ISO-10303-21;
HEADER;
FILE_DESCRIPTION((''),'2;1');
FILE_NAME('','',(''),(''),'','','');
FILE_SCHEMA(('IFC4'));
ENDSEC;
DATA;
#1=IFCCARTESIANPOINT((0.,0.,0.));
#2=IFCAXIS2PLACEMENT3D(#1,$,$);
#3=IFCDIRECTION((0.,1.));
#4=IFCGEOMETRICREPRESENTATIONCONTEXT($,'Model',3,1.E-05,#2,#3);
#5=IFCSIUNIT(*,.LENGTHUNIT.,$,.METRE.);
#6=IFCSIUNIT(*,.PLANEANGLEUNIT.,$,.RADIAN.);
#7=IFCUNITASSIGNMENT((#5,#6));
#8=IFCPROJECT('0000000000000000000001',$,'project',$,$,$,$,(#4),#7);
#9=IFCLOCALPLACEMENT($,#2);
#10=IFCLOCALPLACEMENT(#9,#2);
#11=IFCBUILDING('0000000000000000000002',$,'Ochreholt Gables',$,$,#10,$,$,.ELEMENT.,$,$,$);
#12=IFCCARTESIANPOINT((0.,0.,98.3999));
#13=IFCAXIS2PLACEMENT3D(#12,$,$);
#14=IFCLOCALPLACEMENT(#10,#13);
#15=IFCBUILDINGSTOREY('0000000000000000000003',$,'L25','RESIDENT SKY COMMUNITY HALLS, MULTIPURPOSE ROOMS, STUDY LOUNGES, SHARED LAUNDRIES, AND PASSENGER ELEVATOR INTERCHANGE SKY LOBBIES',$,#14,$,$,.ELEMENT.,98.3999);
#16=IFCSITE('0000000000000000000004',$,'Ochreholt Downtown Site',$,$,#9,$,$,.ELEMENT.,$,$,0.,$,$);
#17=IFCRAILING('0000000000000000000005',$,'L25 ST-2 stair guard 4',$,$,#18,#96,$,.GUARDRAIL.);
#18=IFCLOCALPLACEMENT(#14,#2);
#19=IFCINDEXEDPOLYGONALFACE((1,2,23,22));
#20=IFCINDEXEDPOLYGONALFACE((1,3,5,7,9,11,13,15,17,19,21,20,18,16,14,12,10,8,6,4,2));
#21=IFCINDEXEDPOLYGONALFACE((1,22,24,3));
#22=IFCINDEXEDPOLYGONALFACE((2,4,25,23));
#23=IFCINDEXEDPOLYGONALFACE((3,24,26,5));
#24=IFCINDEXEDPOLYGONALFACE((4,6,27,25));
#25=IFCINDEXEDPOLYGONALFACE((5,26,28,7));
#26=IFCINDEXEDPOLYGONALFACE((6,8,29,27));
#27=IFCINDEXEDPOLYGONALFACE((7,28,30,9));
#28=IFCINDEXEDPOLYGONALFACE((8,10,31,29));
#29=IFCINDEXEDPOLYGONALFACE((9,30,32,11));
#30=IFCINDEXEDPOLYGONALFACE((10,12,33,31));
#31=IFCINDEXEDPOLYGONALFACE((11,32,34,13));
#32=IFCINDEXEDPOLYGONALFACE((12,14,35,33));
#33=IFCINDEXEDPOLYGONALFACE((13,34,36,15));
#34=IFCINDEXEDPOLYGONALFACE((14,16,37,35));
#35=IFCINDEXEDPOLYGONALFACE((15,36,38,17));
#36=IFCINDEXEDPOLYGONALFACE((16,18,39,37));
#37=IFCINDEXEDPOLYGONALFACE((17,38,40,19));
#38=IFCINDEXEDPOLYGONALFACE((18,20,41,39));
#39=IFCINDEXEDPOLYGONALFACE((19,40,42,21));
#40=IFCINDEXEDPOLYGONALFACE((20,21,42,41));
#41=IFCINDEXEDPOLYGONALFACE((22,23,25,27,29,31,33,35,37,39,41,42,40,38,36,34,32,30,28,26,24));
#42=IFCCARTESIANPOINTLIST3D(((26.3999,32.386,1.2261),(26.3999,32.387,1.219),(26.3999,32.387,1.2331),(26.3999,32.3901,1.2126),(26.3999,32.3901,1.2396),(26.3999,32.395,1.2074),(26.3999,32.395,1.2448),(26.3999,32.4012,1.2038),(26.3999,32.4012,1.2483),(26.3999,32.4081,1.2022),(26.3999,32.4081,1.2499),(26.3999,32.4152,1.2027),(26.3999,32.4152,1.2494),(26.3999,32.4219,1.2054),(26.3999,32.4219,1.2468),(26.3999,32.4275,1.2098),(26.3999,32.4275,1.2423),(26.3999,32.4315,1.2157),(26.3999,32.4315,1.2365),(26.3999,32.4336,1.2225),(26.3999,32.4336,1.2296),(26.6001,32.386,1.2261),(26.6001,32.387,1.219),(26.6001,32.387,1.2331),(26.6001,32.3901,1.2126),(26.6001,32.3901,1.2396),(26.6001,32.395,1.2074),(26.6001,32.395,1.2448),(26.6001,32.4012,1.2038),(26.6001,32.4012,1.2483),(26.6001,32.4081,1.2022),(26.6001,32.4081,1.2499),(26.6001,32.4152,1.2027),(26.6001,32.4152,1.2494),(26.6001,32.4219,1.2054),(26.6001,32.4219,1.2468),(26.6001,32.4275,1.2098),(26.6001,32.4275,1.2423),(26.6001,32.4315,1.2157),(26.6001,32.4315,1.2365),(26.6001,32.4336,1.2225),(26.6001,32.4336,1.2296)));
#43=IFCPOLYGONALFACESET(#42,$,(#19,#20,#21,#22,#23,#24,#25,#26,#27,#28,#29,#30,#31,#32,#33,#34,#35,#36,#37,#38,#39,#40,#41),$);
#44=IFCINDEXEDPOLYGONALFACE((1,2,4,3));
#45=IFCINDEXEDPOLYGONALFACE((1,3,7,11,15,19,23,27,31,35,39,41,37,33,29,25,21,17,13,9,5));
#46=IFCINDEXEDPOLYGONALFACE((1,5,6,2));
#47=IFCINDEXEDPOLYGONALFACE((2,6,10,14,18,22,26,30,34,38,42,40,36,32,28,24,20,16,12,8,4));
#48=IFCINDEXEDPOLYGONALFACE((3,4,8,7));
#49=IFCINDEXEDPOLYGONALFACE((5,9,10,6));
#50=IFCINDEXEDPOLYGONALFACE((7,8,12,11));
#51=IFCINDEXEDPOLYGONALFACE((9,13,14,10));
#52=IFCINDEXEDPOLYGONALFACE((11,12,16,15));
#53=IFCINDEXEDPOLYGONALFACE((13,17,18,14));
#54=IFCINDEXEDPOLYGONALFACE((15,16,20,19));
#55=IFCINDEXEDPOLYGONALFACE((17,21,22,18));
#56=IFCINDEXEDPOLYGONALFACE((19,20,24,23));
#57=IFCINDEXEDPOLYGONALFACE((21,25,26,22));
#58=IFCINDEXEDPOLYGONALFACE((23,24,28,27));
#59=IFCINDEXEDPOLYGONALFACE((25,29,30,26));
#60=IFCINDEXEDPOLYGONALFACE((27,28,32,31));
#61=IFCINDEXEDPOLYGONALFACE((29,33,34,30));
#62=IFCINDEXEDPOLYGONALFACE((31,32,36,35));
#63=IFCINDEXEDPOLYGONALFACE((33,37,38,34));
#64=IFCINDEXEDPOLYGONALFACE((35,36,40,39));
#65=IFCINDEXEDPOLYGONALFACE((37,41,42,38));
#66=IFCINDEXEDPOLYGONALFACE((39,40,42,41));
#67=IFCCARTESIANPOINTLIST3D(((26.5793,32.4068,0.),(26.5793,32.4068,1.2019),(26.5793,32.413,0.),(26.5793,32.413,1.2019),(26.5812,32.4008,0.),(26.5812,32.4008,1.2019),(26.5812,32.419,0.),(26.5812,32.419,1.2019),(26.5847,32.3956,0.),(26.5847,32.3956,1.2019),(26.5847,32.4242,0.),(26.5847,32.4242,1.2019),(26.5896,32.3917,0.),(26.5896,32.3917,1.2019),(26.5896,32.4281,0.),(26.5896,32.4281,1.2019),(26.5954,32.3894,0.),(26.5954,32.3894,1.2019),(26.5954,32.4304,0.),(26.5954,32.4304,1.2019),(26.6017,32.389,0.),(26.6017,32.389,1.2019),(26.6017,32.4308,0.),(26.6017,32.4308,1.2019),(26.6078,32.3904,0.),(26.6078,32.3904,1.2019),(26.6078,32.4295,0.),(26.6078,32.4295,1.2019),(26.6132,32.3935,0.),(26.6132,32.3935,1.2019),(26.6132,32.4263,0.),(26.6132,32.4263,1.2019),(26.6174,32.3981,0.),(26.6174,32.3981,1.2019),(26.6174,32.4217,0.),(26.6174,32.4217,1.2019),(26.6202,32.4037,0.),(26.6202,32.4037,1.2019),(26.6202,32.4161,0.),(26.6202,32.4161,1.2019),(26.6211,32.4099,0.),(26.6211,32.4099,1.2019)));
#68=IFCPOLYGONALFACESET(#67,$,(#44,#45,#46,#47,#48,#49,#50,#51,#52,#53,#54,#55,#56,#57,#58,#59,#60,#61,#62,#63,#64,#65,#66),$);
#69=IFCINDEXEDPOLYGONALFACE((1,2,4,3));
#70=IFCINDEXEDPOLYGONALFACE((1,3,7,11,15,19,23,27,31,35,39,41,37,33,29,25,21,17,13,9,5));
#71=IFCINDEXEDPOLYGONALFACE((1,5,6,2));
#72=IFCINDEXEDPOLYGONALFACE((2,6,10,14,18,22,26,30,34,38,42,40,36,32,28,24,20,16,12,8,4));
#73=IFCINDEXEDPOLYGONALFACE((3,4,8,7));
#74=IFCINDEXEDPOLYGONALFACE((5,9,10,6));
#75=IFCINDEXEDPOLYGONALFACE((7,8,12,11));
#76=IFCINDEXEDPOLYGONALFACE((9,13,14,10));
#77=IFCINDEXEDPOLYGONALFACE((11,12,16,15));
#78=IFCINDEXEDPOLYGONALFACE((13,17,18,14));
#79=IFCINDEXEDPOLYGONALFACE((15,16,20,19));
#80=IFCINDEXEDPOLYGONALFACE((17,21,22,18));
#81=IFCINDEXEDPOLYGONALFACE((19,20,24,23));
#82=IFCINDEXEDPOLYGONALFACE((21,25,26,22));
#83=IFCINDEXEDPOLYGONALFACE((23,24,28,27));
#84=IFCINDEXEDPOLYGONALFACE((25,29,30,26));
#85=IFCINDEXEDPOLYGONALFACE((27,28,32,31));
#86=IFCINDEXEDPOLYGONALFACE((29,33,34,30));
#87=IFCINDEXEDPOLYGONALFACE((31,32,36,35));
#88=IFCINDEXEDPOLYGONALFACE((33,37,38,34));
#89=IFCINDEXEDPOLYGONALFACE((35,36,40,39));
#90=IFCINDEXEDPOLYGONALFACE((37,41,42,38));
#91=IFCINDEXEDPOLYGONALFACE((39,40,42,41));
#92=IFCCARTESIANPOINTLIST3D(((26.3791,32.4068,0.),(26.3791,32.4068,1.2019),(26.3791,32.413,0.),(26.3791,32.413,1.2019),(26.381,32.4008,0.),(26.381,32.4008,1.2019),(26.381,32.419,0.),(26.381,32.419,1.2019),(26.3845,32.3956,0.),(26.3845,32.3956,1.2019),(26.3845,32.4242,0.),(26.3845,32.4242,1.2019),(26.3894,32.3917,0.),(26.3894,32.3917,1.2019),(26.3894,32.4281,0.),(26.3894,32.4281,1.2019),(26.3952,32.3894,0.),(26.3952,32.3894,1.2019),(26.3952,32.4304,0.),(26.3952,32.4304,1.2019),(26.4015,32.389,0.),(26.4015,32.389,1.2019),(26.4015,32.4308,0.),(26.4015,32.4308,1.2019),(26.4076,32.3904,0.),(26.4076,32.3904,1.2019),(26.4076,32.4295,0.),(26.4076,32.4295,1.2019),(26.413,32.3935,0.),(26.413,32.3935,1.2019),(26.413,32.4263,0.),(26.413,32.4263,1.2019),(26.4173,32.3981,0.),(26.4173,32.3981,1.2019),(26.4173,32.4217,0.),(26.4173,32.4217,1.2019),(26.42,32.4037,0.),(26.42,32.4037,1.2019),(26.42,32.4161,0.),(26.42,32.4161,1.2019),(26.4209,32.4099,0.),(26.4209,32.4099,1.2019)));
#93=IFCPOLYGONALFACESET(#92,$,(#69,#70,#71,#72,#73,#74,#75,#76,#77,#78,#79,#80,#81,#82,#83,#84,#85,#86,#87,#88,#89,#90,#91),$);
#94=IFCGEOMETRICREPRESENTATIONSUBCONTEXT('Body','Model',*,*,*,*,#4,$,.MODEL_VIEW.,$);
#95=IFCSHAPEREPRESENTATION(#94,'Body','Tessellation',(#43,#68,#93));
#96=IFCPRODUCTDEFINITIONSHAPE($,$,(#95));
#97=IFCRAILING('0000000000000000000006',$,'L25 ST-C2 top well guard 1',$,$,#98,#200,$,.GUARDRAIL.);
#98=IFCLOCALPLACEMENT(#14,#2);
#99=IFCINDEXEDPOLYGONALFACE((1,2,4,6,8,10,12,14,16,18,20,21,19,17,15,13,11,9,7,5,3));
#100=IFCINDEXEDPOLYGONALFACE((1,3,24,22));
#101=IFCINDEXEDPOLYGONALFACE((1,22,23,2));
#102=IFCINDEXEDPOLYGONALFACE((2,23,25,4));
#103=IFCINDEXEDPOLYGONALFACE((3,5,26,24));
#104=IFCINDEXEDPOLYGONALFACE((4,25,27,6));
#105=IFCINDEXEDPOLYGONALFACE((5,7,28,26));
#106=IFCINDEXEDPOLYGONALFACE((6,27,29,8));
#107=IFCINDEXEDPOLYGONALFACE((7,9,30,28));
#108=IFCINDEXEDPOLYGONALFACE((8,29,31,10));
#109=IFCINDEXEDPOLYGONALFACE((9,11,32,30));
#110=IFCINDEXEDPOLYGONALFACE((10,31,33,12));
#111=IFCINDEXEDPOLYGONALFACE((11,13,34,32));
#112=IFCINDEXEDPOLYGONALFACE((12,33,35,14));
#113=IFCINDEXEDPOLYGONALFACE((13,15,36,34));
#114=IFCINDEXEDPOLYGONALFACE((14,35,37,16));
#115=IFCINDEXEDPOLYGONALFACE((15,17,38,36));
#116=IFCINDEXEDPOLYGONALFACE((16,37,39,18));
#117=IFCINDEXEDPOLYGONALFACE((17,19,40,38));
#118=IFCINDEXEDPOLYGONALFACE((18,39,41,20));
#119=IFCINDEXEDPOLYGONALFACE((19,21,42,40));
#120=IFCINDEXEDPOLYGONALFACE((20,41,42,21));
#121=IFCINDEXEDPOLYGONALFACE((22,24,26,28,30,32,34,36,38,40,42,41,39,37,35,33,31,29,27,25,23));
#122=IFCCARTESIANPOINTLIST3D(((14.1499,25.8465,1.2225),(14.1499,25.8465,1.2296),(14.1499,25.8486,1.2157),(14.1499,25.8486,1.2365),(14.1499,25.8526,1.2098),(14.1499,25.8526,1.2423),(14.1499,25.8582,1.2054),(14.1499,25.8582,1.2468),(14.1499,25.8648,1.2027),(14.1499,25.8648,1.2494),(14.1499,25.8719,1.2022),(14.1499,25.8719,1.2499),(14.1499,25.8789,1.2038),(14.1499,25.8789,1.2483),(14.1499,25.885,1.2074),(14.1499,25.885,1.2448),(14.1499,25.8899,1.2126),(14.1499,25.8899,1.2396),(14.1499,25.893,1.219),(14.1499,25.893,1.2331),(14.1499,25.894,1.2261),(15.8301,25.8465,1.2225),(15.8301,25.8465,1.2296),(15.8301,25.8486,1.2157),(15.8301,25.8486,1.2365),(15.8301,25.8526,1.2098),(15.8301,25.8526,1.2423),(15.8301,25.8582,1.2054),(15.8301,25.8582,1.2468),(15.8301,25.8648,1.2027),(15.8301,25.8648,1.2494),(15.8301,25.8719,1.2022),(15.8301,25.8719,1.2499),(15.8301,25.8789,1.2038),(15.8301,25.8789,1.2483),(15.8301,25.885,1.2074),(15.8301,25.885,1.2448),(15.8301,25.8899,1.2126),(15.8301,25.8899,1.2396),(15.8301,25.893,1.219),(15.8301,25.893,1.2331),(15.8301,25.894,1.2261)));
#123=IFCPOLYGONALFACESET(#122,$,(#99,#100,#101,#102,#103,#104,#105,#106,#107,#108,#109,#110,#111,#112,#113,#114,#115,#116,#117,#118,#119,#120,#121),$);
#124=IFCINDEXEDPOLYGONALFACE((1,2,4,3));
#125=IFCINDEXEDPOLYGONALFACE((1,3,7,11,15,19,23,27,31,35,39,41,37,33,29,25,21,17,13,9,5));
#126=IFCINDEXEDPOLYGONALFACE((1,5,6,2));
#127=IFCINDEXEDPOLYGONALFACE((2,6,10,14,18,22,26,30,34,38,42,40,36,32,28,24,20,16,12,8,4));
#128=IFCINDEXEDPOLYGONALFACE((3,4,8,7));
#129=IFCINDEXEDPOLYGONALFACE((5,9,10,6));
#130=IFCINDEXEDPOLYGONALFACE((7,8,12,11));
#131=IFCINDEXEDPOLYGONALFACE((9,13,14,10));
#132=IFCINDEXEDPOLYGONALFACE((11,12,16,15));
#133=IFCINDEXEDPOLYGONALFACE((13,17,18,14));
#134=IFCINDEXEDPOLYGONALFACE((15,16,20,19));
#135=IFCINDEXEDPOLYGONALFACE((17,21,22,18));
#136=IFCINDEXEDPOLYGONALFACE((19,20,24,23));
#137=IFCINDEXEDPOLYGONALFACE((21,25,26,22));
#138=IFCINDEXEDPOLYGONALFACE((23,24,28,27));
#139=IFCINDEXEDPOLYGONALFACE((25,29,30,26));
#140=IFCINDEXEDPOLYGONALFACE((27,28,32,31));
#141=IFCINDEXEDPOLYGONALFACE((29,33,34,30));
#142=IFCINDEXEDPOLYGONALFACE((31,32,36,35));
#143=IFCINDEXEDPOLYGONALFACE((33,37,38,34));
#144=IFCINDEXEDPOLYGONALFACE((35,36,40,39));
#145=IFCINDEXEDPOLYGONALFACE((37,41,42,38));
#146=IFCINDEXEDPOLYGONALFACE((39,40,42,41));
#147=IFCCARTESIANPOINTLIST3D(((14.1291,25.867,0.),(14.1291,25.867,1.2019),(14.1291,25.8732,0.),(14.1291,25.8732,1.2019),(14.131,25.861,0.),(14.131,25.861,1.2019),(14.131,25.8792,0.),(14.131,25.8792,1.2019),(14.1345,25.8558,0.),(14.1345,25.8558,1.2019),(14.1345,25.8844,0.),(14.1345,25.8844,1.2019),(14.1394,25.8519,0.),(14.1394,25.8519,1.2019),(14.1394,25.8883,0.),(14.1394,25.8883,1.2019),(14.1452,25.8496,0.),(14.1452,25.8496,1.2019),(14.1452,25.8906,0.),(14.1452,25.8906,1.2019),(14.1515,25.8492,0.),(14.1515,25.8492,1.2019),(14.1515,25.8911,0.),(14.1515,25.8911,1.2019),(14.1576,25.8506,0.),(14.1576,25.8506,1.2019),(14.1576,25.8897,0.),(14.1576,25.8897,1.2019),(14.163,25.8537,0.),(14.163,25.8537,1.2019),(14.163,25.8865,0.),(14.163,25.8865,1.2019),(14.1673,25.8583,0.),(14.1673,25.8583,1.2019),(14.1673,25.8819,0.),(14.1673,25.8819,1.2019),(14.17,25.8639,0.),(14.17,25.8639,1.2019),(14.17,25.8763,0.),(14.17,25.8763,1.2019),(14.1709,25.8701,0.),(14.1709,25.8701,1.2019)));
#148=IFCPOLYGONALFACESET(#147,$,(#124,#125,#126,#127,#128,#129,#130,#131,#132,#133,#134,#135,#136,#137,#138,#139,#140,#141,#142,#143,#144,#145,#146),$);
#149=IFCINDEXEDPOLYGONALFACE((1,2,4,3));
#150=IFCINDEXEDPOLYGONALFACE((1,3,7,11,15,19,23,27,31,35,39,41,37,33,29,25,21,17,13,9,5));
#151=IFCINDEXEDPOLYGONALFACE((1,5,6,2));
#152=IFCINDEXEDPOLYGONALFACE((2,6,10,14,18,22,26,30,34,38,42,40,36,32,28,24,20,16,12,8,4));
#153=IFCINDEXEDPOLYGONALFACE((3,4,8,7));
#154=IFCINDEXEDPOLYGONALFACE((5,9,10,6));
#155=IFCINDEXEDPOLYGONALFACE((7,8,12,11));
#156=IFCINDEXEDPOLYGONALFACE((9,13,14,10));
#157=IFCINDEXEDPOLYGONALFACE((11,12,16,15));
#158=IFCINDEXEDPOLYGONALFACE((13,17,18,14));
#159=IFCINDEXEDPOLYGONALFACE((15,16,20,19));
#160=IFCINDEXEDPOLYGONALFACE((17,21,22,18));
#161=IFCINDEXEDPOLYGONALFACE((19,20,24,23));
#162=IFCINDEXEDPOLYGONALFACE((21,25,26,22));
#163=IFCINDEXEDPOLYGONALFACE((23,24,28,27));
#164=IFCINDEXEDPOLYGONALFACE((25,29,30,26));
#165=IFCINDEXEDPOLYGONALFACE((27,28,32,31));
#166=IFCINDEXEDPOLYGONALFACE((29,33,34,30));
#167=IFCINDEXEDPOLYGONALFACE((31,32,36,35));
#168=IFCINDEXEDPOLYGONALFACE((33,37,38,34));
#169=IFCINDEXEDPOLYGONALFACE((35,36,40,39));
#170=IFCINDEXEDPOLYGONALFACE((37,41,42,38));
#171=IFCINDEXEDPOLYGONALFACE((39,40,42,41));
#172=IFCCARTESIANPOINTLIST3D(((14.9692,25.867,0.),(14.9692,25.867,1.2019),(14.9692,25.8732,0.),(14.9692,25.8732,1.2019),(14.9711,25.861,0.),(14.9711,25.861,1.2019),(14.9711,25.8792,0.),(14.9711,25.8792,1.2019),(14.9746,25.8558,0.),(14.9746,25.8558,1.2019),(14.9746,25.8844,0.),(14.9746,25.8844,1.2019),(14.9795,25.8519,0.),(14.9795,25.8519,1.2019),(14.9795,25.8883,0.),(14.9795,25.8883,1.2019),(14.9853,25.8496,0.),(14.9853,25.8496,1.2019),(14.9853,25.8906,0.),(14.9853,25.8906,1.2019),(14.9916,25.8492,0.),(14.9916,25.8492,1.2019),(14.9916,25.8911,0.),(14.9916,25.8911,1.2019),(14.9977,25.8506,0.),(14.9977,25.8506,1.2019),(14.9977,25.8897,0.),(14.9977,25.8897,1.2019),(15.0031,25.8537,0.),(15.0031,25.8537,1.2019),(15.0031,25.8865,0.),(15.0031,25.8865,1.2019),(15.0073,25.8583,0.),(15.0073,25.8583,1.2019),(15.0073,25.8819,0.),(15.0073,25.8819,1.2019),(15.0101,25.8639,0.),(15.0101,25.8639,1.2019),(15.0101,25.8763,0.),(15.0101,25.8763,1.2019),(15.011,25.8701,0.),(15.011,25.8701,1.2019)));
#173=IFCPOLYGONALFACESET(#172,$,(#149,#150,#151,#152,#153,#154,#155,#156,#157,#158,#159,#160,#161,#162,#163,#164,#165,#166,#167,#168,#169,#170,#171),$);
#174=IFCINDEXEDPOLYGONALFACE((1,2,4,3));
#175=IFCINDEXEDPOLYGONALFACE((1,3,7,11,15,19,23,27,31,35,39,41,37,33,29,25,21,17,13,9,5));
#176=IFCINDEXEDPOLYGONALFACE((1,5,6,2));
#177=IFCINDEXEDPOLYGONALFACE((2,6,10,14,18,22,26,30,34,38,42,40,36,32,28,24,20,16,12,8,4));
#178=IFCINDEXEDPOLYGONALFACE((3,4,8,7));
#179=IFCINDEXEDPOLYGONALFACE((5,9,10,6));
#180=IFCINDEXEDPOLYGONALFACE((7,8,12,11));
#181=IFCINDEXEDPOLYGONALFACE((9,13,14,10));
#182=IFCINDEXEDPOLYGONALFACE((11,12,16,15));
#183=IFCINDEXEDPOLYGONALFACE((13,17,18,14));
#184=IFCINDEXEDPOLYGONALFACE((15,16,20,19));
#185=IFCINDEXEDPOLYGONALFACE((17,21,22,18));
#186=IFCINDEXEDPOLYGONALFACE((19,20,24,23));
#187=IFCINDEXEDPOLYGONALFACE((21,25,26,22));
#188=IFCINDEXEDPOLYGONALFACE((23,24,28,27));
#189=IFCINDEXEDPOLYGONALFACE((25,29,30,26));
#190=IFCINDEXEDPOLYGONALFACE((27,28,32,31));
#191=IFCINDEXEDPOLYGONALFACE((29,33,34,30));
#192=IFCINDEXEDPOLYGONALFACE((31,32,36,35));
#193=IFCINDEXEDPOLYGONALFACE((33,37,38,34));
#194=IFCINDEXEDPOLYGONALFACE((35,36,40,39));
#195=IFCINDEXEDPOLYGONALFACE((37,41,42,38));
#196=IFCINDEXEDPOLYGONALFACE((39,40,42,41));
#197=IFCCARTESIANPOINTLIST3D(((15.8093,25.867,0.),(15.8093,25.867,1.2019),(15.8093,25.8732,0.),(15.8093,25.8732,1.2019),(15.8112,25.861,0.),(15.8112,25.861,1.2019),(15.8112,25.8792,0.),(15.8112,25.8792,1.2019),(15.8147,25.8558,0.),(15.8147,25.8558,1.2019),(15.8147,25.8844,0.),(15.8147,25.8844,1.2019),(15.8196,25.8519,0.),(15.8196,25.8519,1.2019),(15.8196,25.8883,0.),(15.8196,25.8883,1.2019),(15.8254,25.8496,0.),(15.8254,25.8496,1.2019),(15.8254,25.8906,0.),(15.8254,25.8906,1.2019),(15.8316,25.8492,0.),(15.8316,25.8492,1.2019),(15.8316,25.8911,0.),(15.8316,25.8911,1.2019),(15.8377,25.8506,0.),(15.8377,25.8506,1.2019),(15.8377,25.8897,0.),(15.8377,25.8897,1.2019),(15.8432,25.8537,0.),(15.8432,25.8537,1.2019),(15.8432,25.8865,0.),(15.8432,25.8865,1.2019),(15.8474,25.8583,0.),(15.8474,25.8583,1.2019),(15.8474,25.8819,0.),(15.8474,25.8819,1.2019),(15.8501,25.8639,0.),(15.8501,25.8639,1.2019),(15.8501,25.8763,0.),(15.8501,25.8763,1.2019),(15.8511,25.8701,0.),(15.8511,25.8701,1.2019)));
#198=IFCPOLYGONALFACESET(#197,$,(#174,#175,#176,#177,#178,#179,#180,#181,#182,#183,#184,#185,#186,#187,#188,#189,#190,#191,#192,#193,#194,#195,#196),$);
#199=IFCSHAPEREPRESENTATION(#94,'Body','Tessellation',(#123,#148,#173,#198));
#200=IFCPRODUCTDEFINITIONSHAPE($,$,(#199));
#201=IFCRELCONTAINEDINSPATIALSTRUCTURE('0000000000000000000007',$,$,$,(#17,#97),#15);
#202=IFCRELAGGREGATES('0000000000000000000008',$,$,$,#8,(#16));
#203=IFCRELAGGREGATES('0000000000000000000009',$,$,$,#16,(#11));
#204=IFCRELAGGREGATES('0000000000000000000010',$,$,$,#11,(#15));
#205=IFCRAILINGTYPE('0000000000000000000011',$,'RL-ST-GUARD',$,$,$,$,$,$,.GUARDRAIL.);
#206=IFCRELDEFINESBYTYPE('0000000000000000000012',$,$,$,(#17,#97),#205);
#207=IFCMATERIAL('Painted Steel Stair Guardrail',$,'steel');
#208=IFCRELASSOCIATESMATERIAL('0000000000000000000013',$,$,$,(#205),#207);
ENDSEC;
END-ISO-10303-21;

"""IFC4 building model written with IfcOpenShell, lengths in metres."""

from ifc_helpers import new_model, si_unit, direction, frame, origin, origin_2d, place, context, subcontext, project, spatial, circle, extrude, material, type_object, element, save


model = new_model("IFC4")

# Units and contexts
model_context = context("Model", 3, precision=1e-05, world=origin(), true_north=direction((0.0, 1.0)))
body_context = subcontext(model_context, "Body", "Model", "MODEL_VIEW")
ifc_project = project(units=[si_unit("LENGTHUNIT", "METRE"), si_unit("PLANEANGLEUNIT", "RADIAN")], contexts=[model_context])

# Site, building, storey
site_placement = place(None, origin())
site = spatial("IfcSite", under=ifc_project, at=site_placement, Name="Ochreholt Downtown Site", CompositionType="ELEMENT", RefElevation=0.0)
building_placement = place(site_placement, origin())
building = spatial("IfcBuilding", under=site, at=building_placement, Name="Ochreholt Gables", CompositionType="ELEMENT")
storey_placement = place(building_placement, frame((0.0, 0.0, 98.3999)))
storey = spatial("IfcBuildingStorey", under=building, at=storey_placement, Name="L25", Description="RESIDENT SKY COMMUNITY HALLS, MULTIPURPOSE ROOMS, STUDY LOUNGES, SHARED LAUNDRIES, AND PASSENGER ELEVATOR INTERCHANGE SKY LOBBIES", CompositionType="ELEMENT", Elevation=98.3999)

# Railings
ifc_material_1 = material(Name="Painted Steel Stair Guardrail", Category="steel")
railing_type = type_object("IfcRailingType", Name="RL-ST-GUARD", PredefinedType="GUARDRAIL", material=ifc_material_1)
railing_1_placement = place(storey_placement, frame((26.6001, 32.4099, 0.0)))
element("IfcRailing", 1, at=railing_1_placement, inside=storey, type_object=railing_type, Name="L25 ST-2 stair guard 4", PredefinedType="GUARDRAIL", context=body_context, shape_type="SweptSolid", body=[
    extrude(circle(Radius=0.0239, at=origin_2d()), frame((0.0, 0.0, 1.2261), z_axis=(-1.0, 0.0, 0.0), x_axis=(0.0, -1.0, 0.0)), (0.0, 0.0, 1.0), 0.2002),
    extrude(circle(Radius=0.021, at=origin_2d()), origin(), (0.0, 0.0, 1.0), 1.2019),
    extrude(circle(Radius=0.021, at=origin_2d()), frame((-0.2002, 0.0, 0.0)), (0.0, 0.0, 1.0), 1.2019),
])
railing_2_placement = place(storey_placement, frame((14.1499, 25.8701, 0.0)))
element("IfcRailing", 2, at=railing_2_placement, inside=storey, type_object=railing_type, Name="L25 ST-C2 top well guard 1", PredefinedType="GUARDRAIL", context=body_context, shape_type="SweptSolid", body=[
    extrude(circle(Radius=0.0239, at=origin_2d()), frame((0.0, 0.0, 1.2261), z_axis=(1.0, 0.0, 0.0), x_axis=(0.0, 1.0, 0.0)), (0.0, 0.0, 1.0), 1.6802),
    extrude(circle(Radius=0.021, at=origin_2d()), origin(), (0.0, 0.0, 1.0), 1.2019),
    extrude(circle(Radius=0.021, at=origin_2d()), frame((0.8401, 0.0, 0.0)), (0.0, 0.0, 1.0), 1.2019),
    extrude(circle(Radius=0.021, at=origin_2d()), frame((1.6802, 0.0, 0.0)), (0.0, 0.0, 1.0), 1.2019),
])

save(model, "model.ifc")
